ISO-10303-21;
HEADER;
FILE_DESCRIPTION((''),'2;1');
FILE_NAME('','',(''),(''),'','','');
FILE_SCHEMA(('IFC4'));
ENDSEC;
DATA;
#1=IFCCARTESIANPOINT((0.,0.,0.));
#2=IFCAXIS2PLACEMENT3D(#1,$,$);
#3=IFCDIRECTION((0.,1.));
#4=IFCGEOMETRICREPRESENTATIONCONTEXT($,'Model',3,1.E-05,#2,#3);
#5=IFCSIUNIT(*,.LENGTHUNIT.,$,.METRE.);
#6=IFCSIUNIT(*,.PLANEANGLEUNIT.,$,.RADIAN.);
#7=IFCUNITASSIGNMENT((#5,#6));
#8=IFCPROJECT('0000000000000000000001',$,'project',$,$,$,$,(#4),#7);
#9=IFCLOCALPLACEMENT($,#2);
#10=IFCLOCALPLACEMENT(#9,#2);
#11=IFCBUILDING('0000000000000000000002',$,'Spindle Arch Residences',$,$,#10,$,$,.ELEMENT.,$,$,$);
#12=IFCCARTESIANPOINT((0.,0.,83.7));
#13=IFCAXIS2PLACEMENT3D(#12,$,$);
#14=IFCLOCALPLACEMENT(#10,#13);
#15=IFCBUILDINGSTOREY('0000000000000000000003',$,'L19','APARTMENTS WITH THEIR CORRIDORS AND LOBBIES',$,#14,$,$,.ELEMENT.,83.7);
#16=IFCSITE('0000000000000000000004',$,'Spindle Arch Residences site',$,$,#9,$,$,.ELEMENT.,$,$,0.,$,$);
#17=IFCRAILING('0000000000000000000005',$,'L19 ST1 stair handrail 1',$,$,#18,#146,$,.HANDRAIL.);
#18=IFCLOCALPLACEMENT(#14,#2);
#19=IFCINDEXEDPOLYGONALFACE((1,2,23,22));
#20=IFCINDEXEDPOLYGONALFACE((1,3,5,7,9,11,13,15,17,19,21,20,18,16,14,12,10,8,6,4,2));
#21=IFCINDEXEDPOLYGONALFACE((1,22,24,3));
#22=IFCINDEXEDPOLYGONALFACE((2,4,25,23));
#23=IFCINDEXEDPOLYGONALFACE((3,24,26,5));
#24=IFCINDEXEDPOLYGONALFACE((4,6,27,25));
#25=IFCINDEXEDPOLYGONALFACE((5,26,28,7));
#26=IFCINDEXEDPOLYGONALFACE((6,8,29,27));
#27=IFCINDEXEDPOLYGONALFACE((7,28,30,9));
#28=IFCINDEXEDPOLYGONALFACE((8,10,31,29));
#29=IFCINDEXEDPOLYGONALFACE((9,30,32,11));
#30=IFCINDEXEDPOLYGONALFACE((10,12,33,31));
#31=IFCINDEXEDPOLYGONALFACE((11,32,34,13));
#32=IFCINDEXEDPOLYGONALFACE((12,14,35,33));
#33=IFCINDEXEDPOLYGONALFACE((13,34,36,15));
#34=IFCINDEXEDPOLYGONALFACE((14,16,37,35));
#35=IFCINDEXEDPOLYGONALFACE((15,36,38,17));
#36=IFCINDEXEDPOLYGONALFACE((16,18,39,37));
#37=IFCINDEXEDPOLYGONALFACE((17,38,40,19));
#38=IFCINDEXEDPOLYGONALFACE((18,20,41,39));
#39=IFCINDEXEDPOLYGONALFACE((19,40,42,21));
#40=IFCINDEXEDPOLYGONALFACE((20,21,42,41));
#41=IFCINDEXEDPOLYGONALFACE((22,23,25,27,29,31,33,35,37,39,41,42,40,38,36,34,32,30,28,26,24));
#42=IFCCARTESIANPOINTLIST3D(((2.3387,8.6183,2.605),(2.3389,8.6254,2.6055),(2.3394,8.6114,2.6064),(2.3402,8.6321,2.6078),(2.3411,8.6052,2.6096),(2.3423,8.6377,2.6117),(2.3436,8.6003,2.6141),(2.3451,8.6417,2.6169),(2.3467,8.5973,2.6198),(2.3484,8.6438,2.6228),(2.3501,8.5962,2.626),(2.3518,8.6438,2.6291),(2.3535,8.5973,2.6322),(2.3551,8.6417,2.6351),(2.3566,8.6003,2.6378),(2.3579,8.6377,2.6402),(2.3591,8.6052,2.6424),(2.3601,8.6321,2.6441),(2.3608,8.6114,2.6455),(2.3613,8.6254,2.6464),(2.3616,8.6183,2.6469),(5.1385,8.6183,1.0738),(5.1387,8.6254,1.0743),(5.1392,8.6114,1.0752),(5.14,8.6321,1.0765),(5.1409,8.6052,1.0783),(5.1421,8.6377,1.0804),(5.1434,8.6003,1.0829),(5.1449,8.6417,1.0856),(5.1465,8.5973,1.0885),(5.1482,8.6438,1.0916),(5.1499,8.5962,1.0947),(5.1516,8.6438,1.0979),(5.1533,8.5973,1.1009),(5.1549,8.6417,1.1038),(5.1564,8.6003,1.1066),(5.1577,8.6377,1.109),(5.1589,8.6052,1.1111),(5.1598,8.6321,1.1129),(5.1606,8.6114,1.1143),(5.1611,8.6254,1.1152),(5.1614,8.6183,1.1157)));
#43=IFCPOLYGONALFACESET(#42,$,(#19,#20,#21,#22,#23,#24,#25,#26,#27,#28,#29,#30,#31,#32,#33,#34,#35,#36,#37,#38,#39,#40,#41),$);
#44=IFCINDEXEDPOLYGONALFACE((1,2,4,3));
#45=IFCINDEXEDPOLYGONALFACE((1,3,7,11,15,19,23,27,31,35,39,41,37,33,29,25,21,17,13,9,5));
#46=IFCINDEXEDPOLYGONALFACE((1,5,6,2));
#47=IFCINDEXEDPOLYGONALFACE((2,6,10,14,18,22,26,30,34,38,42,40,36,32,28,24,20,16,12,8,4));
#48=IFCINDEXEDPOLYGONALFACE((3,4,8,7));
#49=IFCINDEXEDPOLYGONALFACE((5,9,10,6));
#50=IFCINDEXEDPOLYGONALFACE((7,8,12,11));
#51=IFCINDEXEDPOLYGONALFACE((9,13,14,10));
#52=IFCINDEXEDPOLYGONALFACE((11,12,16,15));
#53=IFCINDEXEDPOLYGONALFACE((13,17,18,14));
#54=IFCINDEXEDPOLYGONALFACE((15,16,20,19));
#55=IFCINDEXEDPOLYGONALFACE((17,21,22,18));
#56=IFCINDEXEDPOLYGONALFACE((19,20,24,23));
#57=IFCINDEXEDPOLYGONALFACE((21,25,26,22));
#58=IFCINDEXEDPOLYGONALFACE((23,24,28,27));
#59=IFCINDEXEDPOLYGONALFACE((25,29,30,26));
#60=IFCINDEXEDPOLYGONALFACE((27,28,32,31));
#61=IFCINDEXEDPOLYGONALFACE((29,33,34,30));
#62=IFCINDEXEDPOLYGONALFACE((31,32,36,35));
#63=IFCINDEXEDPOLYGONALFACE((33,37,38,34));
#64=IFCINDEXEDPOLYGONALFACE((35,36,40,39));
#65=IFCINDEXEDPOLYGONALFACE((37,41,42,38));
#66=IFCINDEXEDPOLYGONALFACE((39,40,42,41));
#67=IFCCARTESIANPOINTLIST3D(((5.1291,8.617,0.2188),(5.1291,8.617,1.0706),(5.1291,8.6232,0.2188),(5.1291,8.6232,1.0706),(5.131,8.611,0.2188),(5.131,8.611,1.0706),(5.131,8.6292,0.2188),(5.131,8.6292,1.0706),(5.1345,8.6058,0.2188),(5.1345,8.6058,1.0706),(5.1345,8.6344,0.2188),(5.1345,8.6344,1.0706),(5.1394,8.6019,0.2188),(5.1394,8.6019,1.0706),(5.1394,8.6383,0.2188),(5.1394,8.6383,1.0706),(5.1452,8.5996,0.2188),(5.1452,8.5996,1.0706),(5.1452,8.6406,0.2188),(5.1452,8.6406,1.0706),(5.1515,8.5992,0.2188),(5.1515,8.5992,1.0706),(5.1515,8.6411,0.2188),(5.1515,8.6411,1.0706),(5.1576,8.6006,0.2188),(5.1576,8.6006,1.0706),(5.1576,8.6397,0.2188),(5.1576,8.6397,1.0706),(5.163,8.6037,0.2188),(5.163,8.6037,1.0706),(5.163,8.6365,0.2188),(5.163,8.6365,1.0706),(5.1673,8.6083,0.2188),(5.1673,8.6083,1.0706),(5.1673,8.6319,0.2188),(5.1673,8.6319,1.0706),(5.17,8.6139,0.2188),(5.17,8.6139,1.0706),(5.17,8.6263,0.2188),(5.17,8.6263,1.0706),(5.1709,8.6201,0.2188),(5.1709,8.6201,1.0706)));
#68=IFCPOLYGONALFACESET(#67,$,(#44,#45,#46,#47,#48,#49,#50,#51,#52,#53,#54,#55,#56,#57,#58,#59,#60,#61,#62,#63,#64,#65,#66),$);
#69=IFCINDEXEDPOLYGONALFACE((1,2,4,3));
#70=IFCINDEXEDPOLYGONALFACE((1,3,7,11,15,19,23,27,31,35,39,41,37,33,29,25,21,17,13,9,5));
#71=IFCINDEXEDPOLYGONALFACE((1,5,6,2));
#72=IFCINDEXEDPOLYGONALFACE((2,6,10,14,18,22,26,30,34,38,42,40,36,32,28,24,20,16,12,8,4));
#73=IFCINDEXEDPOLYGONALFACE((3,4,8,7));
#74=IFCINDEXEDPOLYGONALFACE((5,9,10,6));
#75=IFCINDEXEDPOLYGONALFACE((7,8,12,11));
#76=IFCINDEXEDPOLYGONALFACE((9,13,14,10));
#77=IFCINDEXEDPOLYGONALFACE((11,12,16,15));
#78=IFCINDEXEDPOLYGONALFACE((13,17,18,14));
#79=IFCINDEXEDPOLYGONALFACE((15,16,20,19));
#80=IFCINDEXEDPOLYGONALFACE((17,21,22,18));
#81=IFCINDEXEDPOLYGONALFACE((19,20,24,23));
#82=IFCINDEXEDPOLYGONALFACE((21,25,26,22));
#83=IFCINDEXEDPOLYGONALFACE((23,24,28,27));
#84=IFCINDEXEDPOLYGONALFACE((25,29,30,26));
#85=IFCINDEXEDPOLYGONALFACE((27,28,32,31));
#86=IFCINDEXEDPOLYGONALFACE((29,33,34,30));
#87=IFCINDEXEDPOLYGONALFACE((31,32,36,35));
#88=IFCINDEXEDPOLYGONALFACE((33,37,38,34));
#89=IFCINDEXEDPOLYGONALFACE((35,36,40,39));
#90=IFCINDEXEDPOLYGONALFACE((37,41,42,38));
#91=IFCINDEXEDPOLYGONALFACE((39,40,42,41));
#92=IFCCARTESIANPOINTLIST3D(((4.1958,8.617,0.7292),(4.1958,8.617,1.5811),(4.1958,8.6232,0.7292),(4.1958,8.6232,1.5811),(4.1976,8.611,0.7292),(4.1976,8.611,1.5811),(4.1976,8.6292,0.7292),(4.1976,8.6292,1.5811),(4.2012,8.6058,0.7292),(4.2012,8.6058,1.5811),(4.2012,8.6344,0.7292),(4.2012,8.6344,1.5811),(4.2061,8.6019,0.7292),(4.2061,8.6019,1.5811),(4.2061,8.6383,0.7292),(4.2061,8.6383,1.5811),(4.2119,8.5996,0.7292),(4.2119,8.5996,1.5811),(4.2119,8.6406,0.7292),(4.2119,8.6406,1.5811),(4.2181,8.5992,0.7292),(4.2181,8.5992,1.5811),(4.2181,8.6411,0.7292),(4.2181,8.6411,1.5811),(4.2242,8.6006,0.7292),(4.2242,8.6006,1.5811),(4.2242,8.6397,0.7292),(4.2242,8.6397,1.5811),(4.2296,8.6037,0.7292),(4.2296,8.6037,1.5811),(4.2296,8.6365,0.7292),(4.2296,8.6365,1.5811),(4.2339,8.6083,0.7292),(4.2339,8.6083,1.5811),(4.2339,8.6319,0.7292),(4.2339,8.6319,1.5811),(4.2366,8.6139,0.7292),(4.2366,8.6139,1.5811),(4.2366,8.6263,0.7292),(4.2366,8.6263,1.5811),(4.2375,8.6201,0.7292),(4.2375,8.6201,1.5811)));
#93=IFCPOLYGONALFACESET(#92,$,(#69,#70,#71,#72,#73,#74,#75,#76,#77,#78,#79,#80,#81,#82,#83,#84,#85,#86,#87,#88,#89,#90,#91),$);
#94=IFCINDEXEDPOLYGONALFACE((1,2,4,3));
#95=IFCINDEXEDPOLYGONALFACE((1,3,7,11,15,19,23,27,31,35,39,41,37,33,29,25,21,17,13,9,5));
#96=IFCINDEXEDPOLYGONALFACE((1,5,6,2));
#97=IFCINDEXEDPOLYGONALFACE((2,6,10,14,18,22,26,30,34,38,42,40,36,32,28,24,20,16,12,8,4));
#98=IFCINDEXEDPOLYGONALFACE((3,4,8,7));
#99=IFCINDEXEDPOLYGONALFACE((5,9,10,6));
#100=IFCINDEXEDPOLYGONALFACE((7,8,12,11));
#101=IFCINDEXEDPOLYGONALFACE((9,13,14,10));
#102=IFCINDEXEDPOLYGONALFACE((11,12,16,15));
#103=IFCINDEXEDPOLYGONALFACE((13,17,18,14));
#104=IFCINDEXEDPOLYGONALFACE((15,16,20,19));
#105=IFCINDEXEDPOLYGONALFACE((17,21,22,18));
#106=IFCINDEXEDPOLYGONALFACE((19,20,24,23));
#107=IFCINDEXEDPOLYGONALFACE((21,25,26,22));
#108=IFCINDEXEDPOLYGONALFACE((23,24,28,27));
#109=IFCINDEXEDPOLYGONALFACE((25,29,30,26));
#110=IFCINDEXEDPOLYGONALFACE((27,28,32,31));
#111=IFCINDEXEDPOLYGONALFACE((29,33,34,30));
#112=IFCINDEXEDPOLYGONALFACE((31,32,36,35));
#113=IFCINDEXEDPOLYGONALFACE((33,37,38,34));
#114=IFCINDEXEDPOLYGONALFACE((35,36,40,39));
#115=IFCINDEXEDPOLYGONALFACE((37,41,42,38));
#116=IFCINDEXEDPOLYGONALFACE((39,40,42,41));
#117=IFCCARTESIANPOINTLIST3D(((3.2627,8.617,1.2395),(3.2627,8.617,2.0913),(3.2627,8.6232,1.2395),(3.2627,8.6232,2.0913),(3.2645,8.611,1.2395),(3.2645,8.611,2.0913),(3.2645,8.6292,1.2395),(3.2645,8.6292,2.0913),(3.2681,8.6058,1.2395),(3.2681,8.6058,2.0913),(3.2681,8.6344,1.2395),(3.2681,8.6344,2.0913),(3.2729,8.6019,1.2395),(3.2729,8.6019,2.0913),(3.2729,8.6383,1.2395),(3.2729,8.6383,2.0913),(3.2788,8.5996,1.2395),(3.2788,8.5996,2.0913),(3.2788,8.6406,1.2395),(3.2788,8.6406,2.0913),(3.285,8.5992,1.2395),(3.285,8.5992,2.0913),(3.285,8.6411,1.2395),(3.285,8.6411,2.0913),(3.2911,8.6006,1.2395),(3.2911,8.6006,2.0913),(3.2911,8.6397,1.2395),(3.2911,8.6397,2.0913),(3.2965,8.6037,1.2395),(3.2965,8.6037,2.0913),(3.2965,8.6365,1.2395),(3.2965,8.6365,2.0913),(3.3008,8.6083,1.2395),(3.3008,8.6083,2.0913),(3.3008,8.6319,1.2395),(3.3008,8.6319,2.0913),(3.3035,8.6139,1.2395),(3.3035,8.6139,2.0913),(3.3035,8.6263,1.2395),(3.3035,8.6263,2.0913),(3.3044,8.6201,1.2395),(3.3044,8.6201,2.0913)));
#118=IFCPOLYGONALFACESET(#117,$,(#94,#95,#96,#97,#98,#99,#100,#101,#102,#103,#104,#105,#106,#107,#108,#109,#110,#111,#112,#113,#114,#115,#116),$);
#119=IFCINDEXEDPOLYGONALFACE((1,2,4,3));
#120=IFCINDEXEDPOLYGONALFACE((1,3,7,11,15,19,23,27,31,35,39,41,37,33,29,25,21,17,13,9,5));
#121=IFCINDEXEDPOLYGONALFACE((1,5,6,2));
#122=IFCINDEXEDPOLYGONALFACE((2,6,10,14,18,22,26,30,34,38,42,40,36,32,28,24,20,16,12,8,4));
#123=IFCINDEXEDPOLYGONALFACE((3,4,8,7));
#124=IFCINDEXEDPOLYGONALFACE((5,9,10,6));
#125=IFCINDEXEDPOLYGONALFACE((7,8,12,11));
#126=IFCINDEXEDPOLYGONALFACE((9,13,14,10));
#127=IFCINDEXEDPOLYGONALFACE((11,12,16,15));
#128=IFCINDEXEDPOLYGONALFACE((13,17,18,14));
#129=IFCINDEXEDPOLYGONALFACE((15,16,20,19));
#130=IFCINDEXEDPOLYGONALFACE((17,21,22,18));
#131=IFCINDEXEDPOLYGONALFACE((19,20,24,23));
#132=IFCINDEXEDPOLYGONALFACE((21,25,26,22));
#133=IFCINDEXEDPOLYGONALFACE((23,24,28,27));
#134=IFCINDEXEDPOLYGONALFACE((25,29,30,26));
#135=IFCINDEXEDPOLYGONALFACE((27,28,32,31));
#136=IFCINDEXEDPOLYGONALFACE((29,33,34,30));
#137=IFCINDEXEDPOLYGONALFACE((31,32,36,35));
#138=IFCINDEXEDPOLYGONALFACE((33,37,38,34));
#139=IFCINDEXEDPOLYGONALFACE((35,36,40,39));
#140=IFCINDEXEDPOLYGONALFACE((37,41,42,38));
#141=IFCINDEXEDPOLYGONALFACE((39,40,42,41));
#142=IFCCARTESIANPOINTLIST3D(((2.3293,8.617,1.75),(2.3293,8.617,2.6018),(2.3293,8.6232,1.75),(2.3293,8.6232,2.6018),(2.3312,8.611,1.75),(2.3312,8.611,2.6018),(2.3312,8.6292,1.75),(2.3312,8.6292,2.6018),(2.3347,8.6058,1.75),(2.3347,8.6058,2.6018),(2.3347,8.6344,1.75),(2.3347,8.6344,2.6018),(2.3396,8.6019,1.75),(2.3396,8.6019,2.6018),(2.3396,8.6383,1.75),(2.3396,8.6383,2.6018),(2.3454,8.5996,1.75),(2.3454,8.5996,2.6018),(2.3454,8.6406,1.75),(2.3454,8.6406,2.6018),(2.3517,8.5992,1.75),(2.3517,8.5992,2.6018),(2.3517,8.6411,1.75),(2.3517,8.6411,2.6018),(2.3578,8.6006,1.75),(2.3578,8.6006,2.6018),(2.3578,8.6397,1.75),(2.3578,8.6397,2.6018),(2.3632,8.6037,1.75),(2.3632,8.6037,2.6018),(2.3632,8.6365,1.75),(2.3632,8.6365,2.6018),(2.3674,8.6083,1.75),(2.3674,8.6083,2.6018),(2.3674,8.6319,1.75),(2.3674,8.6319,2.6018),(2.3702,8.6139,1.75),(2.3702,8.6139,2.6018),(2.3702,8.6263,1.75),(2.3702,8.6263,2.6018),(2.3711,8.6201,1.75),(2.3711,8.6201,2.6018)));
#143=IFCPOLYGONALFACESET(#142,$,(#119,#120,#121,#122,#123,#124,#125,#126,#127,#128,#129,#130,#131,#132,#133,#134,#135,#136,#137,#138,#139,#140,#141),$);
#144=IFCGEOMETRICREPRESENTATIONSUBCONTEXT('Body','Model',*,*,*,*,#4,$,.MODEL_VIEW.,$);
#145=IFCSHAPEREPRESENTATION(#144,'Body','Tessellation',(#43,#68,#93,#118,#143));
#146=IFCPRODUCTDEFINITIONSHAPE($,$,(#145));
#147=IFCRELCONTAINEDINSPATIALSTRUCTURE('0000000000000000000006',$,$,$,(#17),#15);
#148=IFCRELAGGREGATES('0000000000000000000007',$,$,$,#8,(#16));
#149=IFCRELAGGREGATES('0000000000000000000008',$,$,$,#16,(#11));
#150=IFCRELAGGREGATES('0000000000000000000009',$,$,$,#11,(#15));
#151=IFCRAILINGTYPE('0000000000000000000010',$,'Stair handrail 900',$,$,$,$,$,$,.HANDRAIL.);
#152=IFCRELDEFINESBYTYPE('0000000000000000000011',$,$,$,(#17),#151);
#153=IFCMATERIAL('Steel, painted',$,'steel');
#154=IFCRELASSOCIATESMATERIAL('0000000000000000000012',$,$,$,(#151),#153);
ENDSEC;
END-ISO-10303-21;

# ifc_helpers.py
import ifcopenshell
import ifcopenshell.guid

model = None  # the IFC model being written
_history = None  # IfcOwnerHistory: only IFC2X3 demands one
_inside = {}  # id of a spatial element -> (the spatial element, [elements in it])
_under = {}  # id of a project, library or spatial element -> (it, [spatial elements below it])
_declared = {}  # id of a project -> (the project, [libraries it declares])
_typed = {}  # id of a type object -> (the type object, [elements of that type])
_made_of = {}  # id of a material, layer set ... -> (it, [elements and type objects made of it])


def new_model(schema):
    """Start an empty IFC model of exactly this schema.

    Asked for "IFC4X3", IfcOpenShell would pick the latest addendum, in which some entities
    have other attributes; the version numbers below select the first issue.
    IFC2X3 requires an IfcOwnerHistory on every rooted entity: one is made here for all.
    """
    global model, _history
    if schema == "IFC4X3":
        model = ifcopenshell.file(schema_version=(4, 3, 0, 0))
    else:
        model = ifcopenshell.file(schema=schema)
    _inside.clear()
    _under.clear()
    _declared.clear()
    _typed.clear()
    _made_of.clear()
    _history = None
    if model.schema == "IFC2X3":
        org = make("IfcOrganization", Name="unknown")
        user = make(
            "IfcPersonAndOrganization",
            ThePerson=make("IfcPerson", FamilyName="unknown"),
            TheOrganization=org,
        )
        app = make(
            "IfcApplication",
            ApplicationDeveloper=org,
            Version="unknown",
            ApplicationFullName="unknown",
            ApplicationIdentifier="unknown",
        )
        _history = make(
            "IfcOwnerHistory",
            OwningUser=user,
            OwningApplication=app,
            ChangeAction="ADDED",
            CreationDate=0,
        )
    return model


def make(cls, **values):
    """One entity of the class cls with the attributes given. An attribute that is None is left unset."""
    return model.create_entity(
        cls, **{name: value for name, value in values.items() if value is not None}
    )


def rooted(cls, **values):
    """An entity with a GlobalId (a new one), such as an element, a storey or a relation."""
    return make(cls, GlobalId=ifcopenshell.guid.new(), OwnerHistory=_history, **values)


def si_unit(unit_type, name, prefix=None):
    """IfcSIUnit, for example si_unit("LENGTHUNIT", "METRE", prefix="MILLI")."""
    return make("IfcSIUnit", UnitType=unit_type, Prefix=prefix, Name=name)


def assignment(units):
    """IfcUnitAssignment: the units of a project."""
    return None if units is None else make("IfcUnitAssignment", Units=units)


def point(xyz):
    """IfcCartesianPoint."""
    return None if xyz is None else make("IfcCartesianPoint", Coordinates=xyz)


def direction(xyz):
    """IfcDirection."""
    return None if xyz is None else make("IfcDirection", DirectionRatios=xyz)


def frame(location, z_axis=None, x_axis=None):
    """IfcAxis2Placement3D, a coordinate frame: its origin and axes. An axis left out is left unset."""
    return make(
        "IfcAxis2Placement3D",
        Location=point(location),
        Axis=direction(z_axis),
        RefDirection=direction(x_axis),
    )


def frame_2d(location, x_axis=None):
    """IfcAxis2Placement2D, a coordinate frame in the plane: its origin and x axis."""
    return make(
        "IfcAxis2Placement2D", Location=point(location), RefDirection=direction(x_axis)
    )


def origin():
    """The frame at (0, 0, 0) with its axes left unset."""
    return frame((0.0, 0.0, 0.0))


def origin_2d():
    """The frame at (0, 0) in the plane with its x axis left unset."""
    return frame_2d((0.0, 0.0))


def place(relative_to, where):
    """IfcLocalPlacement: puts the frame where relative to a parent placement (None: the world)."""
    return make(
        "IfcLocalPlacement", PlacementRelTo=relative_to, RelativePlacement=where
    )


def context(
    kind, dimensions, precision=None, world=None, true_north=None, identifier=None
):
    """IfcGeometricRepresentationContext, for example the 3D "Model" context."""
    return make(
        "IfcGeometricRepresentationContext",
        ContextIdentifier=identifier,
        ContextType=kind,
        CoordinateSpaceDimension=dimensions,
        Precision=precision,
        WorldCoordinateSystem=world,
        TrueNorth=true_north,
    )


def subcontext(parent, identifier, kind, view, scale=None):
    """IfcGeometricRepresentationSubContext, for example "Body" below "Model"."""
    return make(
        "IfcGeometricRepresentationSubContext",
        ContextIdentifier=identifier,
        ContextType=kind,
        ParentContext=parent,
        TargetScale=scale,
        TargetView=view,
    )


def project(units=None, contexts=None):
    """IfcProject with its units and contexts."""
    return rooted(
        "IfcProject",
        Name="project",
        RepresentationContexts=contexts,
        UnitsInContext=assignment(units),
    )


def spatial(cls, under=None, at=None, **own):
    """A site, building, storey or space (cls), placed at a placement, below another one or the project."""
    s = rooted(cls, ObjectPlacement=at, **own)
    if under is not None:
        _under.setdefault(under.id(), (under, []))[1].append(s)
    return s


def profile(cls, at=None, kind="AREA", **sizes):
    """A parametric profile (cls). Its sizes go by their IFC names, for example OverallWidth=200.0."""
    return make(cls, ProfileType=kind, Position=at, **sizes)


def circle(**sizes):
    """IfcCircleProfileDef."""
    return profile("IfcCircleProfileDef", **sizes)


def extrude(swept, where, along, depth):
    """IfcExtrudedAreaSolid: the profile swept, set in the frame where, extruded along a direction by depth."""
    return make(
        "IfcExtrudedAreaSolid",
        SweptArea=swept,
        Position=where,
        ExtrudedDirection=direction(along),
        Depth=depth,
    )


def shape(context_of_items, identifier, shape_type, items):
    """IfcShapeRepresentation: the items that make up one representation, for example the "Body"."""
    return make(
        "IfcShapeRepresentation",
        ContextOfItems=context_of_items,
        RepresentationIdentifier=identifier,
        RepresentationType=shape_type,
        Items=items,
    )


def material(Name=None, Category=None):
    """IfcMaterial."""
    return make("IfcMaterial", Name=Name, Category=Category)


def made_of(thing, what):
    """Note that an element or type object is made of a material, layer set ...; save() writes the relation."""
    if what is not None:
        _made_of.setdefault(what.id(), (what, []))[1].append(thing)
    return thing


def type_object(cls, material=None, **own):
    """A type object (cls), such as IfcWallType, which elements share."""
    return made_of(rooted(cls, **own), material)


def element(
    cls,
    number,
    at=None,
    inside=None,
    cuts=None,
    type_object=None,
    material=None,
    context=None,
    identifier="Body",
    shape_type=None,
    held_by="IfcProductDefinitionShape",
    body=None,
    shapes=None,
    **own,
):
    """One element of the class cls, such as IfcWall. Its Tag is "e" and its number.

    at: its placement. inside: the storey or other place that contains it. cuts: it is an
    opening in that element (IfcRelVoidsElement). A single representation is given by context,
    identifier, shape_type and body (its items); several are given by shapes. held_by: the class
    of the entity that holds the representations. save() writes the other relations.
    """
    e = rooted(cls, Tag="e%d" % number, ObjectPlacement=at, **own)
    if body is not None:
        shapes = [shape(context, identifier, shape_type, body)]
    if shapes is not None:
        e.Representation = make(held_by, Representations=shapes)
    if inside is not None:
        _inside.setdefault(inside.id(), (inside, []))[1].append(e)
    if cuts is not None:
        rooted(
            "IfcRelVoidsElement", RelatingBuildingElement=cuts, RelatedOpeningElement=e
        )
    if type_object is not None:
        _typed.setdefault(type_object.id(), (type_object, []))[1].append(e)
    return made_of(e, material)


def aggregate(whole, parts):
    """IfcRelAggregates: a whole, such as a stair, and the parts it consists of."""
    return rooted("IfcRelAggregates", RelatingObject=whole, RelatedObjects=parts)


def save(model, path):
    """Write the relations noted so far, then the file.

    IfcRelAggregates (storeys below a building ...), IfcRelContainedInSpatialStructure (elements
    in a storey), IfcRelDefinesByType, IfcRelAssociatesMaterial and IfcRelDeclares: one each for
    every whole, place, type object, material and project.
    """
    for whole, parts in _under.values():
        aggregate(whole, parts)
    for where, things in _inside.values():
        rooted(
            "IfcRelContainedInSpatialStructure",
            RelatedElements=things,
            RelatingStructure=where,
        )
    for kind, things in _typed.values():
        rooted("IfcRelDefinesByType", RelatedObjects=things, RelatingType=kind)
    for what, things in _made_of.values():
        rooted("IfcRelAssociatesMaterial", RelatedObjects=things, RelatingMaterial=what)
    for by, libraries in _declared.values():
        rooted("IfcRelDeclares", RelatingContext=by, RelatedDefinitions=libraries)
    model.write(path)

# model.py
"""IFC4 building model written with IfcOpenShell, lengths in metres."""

from ifc_helpers import new_model, si_unit, direction, frame, origin, origin_2d, place, context, subcontext, project, spatial, circle, extrude, material, type_object, element, save


model = new_model("IFC4")

# Units and contexts
model_context = context("Model", 3, precision=1e-05, world=origin(), true_north=direction((0.0, 1.0)))
body_context = subcontext(model_context, "Body", "Model", "MODEL_VIEW")
ifc_project = project(units=[si_unit("LENGTHUNIT", "METRE"), si_unit("PLANEANGLEUNIT", "RADIAN")], contexts=[model_context])

# Site, building, storey
site_placement = place(None, origin())
site = spatial("IfcSite", under=ifc_project, at=site_placement, Name="Spindle Arch Residences site", CompositionType="ELEMENT", RefElevation=0.0)
building_placement = place(site_placement, origin())
building = spatial("IfcBuilding", under=site, at=building_placement, Name="Spindle Arch Residences", CompositionType="ELEMENT")
storey_placement = place(building_placement, frame((0.0, 0.0, 83.7)))
storey = spatial("IfcBuildingStorey", under=building, at=storey_placement, Name="L19", Description="APARTMENTS WITH THEIR CORRIDORS AND LOBBIES", CompositionType="ELEMENT", Elevation=83.7)

# Railing
ifc_material_1 = material(Name="Steel, painted", Category="steel")
railing_type_1 = type_object("IfcRailingType", Name="Stair handrail 900", PredefinedType="HANDRAIL", material=ifc_material_1)
railing_1_placement = place(storey_placement, frame((5.1499, 8.6201, 0.2188)))
element("IfcRailing", 1, at=railing_1_placement, inside=storey, type_object=railing_type_1, Name="L19 ST1 stair handrail 1", PredefinedType="HANDRAIL", context=body_context, shape_type="SweptSolid", body=[
    extrude(circle(Radius=0.0239, at=origin_2d()), frame((0.0, 0.0, 0.876), z_axis=(-0.877357, 0.0, 0.479838), x_axis=(0.0, -1.0, 0.0)), (0.0, 0.0, 1.0), 3.1912),
    extrude(circle(Radius=0.021, at=origin_2d()), origin(), (0.0, 0.0, 1.0), 0.8518),
    extrude(circle(Radius=0.021, at=origin_2d()), frame((-0.9333, 0.0, 0.5105)), (0.0, 0.0, 1.0), 0.8518),
    extrude(circle(Radius=0.021, at=origin_2d()), frame((-1.8665, 0.0, 1.0208)), (0.0, 0.0, 1.0), 0.8518),
    extrude(circle(Radius=0.021, at=origin_2d()), frame((-2.7998, 0.0, 1.5312)), (0.0, 0.0, 1.0), 0.8518),
])

save(model, "model.ifc")
